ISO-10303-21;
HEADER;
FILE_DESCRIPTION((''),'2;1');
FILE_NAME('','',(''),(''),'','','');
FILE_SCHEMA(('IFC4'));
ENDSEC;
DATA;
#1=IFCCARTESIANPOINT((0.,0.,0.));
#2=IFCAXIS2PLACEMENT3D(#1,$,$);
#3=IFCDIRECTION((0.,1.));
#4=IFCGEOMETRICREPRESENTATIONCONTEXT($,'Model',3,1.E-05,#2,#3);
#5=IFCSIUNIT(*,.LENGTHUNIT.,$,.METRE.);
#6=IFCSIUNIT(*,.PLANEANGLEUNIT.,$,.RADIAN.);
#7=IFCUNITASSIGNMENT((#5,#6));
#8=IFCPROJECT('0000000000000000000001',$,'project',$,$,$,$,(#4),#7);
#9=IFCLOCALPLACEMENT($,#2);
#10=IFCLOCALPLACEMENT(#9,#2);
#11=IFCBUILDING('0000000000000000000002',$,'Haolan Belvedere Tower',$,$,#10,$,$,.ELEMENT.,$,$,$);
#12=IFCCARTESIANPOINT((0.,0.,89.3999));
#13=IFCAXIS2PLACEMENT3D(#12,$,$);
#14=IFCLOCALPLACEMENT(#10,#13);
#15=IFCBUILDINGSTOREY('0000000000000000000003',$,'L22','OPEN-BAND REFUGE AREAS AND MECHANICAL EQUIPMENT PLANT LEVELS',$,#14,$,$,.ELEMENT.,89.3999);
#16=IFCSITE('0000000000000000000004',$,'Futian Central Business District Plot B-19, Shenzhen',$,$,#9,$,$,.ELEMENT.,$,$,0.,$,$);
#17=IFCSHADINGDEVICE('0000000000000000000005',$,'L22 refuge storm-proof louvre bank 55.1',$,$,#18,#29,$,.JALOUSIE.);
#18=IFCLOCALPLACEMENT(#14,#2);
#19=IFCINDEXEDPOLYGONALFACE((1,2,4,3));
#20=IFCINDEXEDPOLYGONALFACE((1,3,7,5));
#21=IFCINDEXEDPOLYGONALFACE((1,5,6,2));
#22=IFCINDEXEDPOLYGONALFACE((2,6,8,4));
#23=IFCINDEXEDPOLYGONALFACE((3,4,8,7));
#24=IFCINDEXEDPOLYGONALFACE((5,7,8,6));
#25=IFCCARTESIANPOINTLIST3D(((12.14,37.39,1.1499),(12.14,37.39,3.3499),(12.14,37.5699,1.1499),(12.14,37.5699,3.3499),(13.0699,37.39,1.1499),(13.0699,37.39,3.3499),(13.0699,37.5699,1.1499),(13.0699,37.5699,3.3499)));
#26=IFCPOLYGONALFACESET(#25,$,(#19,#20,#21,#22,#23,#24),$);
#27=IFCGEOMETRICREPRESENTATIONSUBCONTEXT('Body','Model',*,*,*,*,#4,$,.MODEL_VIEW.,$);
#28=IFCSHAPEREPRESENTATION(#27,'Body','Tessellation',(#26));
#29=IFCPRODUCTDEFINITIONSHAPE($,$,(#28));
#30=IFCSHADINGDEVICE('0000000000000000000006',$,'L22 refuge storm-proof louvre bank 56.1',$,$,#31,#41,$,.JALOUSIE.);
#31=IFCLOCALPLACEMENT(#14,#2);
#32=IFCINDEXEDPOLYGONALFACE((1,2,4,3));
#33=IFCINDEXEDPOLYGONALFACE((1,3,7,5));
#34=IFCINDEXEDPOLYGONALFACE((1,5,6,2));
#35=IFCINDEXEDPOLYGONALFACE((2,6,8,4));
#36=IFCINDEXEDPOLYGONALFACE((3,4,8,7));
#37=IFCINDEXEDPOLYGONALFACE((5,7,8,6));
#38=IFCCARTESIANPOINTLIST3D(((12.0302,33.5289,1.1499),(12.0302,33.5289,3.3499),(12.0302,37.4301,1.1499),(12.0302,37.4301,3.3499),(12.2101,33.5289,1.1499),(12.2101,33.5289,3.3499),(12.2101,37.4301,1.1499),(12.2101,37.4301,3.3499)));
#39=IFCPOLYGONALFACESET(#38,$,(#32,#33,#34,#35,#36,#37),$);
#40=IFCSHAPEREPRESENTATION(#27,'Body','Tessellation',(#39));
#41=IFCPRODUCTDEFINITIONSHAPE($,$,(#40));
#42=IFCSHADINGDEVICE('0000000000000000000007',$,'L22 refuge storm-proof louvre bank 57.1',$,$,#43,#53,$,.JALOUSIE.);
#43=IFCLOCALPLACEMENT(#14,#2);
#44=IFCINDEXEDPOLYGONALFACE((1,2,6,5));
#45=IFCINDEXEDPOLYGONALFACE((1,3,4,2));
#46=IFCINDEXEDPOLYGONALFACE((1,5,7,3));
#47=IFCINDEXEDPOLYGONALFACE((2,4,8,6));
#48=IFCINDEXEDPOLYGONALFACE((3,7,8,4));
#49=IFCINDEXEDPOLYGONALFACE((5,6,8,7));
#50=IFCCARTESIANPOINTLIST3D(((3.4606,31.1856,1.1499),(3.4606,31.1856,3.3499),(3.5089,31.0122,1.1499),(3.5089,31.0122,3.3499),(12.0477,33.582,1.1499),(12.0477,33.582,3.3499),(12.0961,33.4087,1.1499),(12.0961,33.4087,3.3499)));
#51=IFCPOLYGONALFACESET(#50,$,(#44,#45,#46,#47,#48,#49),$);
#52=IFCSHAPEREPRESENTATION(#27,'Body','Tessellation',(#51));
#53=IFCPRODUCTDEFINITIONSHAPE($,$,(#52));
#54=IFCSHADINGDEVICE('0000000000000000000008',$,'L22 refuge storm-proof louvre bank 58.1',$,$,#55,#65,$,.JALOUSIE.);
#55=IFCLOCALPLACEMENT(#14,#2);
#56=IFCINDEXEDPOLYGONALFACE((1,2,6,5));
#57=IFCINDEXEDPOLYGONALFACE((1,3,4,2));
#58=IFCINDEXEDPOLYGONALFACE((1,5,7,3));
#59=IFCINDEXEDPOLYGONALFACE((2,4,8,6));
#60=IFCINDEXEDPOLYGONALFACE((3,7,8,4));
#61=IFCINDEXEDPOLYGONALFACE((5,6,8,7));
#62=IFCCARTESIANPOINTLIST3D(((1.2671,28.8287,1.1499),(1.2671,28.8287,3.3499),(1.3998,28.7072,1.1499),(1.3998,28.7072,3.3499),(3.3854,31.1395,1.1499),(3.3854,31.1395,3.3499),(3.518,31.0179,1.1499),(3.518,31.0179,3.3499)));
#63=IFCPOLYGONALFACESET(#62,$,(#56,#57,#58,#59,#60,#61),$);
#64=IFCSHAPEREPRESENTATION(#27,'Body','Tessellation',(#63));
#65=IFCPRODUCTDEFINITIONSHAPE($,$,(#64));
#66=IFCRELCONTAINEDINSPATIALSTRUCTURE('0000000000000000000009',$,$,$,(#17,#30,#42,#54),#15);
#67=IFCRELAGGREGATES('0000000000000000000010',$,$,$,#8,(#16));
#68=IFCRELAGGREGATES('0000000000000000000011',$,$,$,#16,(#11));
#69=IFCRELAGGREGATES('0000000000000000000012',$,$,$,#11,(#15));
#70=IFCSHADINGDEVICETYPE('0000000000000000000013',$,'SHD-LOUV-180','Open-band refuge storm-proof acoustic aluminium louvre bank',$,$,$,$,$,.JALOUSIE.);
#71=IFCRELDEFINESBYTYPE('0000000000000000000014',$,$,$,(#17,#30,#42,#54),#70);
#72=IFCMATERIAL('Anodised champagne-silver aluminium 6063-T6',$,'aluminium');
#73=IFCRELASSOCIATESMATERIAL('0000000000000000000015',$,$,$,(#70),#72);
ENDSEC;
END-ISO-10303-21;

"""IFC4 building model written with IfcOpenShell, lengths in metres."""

from ifc_helpers import new_model, si_unit, direction, frame, origin, origin_2d, place, context, subcontext, project, spatial, rectangle, extrude, material, type_object, element, save


model = new_model("IFC4")

# Units and contexts
model_context = context("Model", 3, precision=1e-05, world=origin(), true_north=direction((0.0, 1.0)))
body_context = subcontext(model_context, "Body", "Model", "MODEL_VIEW")
ifc_project = project(units=[si_unit("LENGTHUNIT", "METRE"), si_unit("PLANEANGLEUNIT", "RADIAN")], contexts=[model_context])

# Site, building, storey
site_placement = place(None, origin())
site = spatial("IfcSite", under=ifc_project, at=site_placement, Name="Futian Central Business District Plot B-19, Shenzhen", CompositionType="ELEMENT", RefElevation=0.0)
building_placement = place(site_placement, origin())
building = spatial("IfcBuilding", under=site, at=building_placement, Name="Haolan Belvedere Tower", CompositionType="ELEMENT")
storey_placement = place(building_placement, frame((0.0, 0.0, 89.3999)))
storey = spatial("IfcBuildingStorey", under=building, at=storey_placement, Name="L22", Description="OPEN-BAND REFUGE AREAS AND MECHANICAL EQUIPMENT PLANT LEVELS", CompositionType="ELEMENT", Elevation=89.3999)

# Shading devices
ifc_material_1 = material(Name="Anodised champagne-silver aluminium 6063-T6", Category="aluminium")
shading_device_type = type_object("IfcShadingDeviceType", Name="SHD-LOUV-180", Description="Open-band refuge storm-proof acoustic aluminium louvre bank", PredefinedType="JALOUSIE", material=ifc_material_1)
for number, where, z_axis, x_axis, name in (
    (1, (12.605, 37.48, 1.1499), (0.0, 0.0, 1.0), (-1.0, 0.0, 0.0), "L22 refuge storm-proof louvre bank 55.1"),
):
    element("IfcShadingDevice", number, at=place(storey_placement, frame(where, z_axis=z_axis, x_axis=x_axis)), inside=storey, type_object=shading_device_type, Name=name, PredefinedType="JALOUSIE", context=body_context, shape_type="SweptSolid", body=[
        extrude(rectangle(XDim=0.9299, YDim=0.1799, at=origin_2d()), origin(), (0.0, 0.0, 1.0), 2.2),
    ])
shading_device_1_placement = place(storey_placement, frame((12.1201, 35.4795, 1.1499), z_axis=(0.0, 0.0, 1.0), x_axis=(0.0, -1.0, 0.0)))
element("IfcShadingDevice", 2, at=shading_device_1_placement, inside=storey, type_object=shading_device_type, Name="L22 refuge storm-proof louvre bank 56.1", PredefinedType="JALOUSIE", context=body_context, shape_type="SweptSolid", body=[
    extrude(rectangle(XDim=3.9011, YDim=0.1799, at=origin_2d()), origin(), (0.0, 0.0, 1.0), 2.2),
])
shading_device_2_placement = place(storey_placement, frame((7.7783, 32.2971, 1.1499), z_axis=(0.0, 0.0, 1.0), x_axis=(-0.963195, -0.268802, 0.0)))
element("IfcShadingDevice", 3, at=shading_device_2_placement, inside=storey, type_object=shading_device_type, Name="L22 refuge storm-proof louvre bank 57.1", PredefinedType="JALOUSIE", context=body_context, shape_type="SweptSolid", body=[
    extrude(rectangle(XDim=8.9153, YDim=0.1799, at=origin_2d()), origin(), (0.0, 0.0, 1.0), 2.2),
])
shading_device_3_placement = place(storey_placement, frame((2.3926, 29.9233, 1.1499), z_axis=(0.0, 0.0, 1.0), x_axis=(-0.675732, -0.737148, 0.0)))
element("IfcShadingDevice", 4, at=shading_device_3_placement, inside=storey, type_object=shading_device_type, Name="L22 refuge storm-proof louvre bank 58.1", PredefinedType="JALOUSIE", context=body_context, shape_type="SweptSolid", body=[
    extrude(rectangle(XDim=3.1348, YDim=0.1799, at=origin_2d()), origin(), (0.0, 0.0, 1.0), 2.2),
])

save(model, "model.ifc")
